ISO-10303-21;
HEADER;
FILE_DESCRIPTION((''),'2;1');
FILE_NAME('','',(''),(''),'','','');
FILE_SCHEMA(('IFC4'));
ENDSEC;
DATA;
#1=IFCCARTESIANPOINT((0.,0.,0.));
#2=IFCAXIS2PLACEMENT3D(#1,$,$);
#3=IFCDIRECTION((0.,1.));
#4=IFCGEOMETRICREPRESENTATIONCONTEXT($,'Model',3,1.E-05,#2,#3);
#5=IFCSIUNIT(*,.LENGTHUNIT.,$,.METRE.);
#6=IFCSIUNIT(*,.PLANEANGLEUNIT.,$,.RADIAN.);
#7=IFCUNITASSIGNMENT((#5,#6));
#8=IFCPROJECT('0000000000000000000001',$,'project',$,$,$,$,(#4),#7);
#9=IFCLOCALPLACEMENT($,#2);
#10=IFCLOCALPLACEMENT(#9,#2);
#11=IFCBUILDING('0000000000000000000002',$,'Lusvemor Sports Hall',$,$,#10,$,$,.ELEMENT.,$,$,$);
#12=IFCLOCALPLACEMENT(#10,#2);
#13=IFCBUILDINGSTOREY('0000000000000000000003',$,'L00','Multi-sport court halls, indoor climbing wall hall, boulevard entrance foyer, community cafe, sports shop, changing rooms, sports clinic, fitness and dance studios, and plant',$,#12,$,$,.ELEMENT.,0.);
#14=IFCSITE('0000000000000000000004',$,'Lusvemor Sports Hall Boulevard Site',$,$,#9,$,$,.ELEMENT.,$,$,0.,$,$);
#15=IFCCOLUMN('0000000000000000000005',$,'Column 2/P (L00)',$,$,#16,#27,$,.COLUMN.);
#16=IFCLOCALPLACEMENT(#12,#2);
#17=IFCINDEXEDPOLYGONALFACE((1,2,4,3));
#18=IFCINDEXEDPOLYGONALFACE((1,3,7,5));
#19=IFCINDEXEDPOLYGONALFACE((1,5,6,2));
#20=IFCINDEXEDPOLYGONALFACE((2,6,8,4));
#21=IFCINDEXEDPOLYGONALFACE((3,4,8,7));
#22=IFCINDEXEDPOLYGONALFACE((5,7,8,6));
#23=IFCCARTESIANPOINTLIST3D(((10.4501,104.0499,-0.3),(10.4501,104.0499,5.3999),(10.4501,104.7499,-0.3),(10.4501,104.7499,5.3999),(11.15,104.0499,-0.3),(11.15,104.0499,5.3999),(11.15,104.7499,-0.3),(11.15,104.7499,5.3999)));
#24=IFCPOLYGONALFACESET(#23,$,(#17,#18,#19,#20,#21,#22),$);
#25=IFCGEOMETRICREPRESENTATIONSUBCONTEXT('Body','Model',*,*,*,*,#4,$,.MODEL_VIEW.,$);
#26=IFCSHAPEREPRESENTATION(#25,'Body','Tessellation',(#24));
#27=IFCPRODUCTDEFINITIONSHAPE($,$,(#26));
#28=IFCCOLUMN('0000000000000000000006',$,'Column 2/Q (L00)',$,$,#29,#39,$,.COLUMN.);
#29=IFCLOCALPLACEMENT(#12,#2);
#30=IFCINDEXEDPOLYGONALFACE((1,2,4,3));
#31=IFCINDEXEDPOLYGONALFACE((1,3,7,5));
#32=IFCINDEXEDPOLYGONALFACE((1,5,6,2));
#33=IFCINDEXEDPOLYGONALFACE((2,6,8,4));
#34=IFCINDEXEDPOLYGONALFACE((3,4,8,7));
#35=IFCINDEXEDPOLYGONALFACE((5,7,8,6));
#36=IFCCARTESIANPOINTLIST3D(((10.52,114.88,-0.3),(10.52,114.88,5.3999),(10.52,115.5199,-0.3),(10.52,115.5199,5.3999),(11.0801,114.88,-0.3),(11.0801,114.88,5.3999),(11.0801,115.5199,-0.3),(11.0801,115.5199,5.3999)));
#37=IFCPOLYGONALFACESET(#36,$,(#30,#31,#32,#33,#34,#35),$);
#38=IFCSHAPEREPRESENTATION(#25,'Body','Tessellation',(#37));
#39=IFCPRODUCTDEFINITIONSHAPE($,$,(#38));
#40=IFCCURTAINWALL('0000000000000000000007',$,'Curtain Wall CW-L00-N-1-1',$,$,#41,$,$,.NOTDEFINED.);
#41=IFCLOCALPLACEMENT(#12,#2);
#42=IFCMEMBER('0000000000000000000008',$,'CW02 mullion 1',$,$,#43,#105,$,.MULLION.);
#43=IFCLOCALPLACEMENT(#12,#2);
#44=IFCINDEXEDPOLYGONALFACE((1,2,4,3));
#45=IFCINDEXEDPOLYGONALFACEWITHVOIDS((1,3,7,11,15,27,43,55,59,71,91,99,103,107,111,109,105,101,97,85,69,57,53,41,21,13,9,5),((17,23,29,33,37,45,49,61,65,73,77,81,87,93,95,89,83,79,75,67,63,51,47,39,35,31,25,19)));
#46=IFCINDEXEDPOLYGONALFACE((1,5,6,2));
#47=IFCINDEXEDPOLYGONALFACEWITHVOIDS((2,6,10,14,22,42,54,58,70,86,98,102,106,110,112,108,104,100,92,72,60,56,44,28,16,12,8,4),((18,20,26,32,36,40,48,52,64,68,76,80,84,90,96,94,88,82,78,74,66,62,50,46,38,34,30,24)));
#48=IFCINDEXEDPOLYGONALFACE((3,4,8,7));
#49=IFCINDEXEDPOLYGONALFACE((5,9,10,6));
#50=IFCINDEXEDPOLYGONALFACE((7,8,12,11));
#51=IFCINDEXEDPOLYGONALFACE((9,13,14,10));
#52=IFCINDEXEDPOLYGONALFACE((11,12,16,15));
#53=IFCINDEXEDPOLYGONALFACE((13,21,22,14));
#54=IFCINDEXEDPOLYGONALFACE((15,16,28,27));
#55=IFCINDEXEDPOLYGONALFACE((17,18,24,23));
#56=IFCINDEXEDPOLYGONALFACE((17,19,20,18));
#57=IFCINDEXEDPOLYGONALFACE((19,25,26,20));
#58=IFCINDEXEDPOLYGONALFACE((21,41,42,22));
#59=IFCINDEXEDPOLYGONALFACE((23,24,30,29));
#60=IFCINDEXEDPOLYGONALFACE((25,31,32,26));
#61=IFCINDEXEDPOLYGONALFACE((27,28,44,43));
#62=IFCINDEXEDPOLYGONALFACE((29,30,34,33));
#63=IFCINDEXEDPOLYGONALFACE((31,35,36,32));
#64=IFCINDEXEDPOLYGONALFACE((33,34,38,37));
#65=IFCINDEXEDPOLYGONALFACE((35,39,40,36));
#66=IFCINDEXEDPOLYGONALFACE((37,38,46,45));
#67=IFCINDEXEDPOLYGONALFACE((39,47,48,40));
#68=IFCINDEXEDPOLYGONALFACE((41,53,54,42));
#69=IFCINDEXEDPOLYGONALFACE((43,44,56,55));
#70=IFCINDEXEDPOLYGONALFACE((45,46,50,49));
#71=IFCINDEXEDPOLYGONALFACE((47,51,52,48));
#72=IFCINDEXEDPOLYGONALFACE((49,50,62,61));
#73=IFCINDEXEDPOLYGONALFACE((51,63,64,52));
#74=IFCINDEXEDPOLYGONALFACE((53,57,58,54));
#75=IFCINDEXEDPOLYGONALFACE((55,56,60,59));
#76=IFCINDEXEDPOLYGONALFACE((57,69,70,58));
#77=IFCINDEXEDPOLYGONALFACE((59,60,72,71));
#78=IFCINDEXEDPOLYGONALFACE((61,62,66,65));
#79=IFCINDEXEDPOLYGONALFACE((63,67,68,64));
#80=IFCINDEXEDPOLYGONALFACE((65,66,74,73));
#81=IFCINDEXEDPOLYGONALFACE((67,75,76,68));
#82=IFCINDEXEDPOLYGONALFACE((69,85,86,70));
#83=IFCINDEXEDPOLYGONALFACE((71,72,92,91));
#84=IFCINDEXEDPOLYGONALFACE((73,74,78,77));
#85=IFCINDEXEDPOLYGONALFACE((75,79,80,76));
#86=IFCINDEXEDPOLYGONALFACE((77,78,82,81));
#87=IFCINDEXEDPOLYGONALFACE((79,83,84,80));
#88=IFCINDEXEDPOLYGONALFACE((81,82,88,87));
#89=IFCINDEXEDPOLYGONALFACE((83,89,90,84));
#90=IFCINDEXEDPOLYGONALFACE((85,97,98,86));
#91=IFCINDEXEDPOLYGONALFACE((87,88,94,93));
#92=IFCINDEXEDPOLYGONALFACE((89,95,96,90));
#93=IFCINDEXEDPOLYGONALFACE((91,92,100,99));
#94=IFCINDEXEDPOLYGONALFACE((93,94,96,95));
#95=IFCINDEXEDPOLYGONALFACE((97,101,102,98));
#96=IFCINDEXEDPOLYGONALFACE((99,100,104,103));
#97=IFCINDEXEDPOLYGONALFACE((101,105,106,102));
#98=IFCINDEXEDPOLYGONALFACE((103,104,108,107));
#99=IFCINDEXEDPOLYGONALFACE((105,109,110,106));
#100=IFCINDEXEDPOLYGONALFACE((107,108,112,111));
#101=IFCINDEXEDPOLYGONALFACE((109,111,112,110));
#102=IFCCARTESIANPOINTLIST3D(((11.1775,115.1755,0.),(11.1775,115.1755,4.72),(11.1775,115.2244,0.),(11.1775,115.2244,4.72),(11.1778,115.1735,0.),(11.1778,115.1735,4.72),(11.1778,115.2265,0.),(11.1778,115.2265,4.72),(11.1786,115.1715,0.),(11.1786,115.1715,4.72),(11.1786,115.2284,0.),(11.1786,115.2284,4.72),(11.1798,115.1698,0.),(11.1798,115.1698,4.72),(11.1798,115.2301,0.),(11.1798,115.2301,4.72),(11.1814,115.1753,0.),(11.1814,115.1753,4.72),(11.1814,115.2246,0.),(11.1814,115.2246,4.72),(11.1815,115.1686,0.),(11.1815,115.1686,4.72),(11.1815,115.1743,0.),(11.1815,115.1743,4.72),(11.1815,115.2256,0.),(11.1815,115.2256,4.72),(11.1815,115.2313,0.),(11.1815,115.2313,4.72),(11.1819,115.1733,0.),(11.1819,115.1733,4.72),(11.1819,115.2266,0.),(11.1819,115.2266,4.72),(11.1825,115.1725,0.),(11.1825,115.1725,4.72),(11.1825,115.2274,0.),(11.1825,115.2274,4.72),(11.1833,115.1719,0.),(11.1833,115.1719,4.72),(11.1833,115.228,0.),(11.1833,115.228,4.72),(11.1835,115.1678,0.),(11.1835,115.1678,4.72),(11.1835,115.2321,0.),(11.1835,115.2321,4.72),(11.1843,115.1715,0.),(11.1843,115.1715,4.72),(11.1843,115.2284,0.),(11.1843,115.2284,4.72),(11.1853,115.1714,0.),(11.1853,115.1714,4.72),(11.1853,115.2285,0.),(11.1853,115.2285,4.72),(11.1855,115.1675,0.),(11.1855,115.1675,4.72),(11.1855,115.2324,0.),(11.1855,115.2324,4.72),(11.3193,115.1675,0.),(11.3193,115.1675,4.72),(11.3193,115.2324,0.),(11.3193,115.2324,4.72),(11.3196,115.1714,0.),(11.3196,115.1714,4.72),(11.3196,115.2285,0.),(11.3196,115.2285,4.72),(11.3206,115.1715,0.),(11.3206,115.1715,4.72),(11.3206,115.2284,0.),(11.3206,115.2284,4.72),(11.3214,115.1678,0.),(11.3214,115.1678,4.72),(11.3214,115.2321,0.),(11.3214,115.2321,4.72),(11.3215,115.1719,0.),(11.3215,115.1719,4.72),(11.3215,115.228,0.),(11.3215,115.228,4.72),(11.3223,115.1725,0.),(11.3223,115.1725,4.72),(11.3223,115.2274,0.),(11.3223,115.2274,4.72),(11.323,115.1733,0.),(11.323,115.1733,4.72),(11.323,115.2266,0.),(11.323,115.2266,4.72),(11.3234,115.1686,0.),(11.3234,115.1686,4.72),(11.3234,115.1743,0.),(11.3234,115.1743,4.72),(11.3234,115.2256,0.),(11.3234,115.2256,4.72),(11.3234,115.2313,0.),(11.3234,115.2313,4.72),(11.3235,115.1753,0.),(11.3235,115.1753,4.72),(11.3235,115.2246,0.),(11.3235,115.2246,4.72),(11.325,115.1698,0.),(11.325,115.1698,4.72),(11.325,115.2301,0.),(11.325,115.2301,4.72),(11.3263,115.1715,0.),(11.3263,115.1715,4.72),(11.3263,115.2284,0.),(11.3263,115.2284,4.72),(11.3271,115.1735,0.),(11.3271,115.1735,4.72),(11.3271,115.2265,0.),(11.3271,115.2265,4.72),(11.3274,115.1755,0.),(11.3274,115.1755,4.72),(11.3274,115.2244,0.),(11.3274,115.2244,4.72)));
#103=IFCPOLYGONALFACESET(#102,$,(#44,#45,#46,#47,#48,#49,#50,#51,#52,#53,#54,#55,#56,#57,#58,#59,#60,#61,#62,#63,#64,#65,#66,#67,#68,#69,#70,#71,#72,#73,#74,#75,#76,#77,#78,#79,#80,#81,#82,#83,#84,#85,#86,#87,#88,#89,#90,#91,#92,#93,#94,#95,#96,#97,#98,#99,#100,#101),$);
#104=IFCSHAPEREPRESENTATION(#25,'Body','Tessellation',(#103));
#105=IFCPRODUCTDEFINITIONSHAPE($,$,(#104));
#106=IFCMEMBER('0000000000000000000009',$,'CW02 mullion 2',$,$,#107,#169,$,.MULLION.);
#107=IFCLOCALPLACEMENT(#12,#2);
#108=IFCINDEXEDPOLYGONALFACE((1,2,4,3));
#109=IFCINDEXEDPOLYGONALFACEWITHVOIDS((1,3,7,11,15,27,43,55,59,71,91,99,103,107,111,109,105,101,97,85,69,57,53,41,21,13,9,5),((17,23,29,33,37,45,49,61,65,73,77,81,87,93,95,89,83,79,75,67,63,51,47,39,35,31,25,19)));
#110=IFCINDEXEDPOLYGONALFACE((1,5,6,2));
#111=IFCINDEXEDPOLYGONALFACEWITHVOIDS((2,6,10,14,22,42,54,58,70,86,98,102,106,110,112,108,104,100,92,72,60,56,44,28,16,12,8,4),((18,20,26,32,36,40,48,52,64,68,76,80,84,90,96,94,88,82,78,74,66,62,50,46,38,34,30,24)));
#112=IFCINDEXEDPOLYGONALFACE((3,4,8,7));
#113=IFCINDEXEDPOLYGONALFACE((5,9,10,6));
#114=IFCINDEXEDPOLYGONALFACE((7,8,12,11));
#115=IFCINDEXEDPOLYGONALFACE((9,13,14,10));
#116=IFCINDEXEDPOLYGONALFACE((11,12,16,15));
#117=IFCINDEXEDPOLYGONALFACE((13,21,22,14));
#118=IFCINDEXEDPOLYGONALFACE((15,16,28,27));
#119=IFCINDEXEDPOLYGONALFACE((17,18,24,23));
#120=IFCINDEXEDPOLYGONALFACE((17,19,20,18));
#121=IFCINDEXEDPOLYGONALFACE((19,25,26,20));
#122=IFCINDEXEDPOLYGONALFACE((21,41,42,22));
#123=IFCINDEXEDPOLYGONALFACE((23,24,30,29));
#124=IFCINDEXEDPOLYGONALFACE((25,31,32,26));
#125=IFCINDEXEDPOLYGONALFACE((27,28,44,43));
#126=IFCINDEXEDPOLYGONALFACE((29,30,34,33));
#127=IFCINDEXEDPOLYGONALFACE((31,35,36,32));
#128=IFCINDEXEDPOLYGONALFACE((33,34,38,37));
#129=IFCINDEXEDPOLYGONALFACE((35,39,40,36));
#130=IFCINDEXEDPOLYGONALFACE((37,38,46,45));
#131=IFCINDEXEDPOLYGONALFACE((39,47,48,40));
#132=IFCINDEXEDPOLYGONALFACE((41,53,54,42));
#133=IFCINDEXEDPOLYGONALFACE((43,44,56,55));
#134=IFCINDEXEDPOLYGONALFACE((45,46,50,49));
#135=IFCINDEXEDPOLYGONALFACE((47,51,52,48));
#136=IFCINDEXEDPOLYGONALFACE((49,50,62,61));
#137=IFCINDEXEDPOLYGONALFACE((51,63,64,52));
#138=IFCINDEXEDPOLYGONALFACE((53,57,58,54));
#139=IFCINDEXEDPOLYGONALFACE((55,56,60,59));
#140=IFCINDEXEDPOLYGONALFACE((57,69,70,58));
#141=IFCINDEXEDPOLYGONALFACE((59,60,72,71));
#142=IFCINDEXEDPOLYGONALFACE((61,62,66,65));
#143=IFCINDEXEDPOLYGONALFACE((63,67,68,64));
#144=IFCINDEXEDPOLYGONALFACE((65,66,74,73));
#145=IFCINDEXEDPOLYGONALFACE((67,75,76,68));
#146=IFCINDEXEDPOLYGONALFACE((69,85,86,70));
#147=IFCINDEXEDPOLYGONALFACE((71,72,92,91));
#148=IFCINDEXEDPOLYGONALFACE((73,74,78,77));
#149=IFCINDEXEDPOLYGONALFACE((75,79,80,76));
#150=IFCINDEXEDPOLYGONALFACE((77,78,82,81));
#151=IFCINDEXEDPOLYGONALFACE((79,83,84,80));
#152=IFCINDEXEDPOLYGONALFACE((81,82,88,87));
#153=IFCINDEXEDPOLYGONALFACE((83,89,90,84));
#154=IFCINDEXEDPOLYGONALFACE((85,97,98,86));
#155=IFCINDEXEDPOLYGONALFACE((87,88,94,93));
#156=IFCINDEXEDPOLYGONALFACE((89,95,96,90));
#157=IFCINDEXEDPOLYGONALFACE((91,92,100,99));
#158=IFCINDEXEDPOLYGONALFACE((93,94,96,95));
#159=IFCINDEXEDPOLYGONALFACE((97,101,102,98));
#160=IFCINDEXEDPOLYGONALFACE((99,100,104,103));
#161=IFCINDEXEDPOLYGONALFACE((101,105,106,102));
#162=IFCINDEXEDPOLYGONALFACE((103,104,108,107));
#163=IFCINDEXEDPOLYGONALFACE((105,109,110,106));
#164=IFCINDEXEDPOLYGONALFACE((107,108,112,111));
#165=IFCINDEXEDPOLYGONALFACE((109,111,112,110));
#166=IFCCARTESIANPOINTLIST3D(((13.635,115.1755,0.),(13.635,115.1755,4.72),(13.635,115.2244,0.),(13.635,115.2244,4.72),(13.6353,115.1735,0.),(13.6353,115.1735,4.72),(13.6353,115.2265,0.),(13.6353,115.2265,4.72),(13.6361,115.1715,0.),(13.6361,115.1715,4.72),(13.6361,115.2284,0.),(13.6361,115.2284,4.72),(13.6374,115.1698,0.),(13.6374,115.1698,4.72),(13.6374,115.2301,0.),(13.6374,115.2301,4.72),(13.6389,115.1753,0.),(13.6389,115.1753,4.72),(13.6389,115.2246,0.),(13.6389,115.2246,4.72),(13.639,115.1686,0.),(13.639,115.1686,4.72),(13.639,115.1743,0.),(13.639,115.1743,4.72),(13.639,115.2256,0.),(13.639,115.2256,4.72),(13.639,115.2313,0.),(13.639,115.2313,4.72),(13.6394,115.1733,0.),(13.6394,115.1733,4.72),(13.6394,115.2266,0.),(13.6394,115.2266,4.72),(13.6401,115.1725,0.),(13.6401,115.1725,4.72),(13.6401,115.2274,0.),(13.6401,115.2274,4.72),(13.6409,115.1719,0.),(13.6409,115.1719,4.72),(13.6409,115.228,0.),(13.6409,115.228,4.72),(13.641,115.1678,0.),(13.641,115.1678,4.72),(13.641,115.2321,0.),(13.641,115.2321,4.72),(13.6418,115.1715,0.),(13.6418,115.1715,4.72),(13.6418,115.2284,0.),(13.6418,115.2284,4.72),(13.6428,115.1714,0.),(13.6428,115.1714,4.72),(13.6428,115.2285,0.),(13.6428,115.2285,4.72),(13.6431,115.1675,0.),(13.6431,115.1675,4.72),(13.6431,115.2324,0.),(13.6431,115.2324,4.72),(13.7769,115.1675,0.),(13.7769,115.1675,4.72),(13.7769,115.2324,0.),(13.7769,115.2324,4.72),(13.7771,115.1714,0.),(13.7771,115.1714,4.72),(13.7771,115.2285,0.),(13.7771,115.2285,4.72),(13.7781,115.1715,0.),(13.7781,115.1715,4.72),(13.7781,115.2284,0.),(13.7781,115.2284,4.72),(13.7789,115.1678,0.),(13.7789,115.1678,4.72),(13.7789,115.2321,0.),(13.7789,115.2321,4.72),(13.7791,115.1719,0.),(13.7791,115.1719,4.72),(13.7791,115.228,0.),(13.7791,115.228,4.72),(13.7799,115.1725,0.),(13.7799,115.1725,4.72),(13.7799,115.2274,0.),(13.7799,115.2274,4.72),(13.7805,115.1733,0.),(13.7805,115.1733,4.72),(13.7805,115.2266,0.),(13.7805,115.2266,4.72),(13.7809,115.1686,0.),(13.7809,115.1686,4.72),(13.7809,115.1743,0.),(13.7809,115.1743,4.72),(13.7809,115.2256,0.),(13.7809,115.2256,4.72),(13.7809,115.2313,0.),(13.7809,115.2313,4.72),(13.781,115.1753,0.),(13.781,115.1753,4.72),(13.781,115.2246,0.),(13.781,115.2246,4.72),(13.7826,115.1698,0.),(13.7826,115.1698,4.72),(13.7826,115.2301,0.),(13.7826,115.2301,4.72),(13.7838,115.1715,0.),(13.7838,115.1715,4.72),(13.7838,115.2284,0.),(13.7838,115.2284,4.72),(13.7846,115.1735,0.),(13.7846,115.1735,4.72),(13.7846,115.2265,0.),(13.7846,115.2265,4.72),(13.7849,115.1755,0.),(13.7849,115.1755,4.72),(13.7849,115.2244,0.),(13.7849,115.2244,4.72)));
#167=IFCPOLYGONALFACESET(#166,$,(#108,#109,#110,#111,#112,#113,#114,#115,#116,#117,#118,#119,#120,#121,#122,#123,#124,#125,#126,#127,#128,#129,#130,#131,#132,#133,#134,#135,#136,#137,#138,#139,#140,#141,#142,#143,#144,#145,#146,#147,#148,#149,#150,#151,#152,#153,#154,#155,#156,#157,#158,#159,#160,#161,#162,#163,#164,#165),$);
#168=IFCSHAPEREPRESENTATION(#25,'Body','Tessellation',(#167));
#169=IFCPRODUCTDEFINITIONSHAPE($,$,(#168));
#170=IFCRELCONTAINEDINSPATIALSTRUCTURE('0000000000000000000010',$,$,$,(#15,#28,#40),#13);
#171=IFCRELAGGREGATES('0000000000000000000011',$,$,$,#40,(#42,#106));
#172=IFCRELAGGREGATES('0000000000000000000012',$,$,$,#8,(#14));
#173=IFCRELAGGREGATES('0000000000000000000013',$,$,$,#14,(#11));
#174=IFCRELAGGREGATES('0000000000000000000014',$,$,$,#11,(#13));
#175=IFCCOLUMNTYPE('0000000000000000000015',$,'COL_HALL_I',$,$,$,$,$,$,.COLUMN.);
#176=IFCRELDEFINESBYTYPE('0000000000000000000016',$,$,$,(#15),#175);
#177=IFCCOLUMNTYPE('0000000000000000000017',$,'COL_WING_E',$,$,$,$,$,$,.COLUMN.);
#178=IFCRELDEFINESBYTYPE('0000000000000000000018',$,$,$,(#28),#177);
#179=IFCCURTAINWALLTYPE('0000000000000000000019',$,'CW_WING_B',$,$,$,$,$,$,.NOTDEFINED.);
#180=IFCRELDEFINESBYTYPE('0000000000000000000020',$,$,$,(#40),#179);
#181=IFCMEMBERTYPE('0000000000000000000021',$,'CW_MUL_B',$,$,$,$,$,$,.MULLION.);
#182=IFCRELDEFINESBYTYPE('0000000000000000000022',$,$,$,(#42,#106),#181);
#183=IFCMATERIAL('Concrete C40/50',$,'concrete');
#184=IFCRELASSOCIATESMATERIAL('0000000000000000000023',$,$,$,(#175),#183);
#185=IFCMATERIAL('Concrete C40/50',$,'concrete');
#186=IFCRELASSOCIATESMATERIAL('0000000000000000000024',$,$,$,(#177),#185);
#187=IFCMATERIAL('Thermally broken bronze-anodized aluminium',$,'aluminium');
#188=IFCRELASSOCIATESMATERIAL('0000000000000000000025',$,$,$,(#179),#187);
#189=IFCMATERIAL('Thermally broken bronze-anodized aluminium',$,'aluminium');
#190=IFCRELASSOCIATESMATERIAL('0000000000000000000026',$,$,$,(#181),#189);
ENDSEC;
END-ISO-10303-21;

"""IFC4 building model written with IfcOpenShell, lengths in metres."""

from ifc_helpers import new_model, si_unit, direction, frame, origin, origin_2d, place, context, subcontext, project, spatial, rectangle, hollow_rectangle, extrude, material, material_profile, profile_set, type_object, element, aggregate, save


model = new_model("IFC4")

# Units and contexts
model_context = context("Model", 3, precision=1e-05, world=origin(), true_north=direction((0.0, 1.0)))
body_context = subcontext(model_context, "Body", "Model", "MODEL_VIEW")
ifc_project = project(units=[si_unit("LENGTHUNIT", "METRE"), si_unit("PLANEANGLEUNIT", "RADIAN")], contexts=[model_context])

# Site, building, storey
site_placement = place(None, origin())
site = spatial("IfcSite", under=ifc_project, at=site_placement, Name="Lusvemor Sports Hall Boulevard Site", CompositionType="ELEMENT", RefElevation=0.0)
building_placement = place(site_placement, origin())
building = spatial("IfcBuilding", under=site, at=building_placement, Name="Lusvemor Sports Hall", CompositionType="ELEMENT")
storey_placement = place(building_placement, origin())
storey = spatial("IfcBuildingStorey", under=building, at=storey_placement, Name="L00", Description="Multi-sport court halls, indoor climbing wall hall, boulevard entrance foyer, community cafe, sports shop, changing rooms, sports clinic, fitness and dance studios, and plant", CompositionType="ELEMENT", Elevation=0.0)

# Columns
ifc_material_1 = material(Name="Concrete C40/50", Category="concrete")
ifc_material_profile_1 = material_profile(ifc_material_1, rectangle(XDim=0.7, YDim=0.7, at=origin_2d()), Name="RC700x700")
ifc_profile_set_1 = profile_set([ifc_material_profile_1], Name="Concrete C40/50")
column_type_1 = type_object("IfcColumnType", Name="COL_HALL_I", PredefinedType="COLUMN", material=ifc_profile_set_1)
column_1_placement = place(storey_placement, frame((10.8, 104.3999, -0.3), z_axis=(0.0, 0.0, 1.0), x_axis=(1.0, 0.0, 0.0)))
element("IfcColumn", 1, at=column_1_placement, inside=storey, type_object=column_type_1, Name="Column 2/P (L00)", PredefinedType="COLUMN", context=body_context, shape_type="SweptSolid", body=[
    extrude(rectangle(XDim=0.7, YDim=0.7, at=origin_2d()), origin(), (0.0, 0.0, 1.0), 5.7),
])
ifc_material_2 = material(Name="Concrete C40/50", Category="concrete")
ifc_material_profile_2 = material_profile(ifc_material_2, rectangle(XDim=0.5601, YDim=0.6399, at=origin_2d()), Name="RC560x640")
ifc_profile_set_2 = profile_set([ifc_material_profile_2], Name="Concrete C40/50")
column_type_2 = type_object("IfcColumnType", Name="COL_WING_E", PredefinedType="COLUMN", material=ifc_profile_set_2)
column_2_placement = place(storey_placement, frame((10.8, 115.2, -0.3), z_axis=(0.0, 0.0, 1.0), x_axis=(1.0, 0.0, 0.0)))
element("IfcColumn", 2, at=column_2_placement, inside=storey, type_object=column_type_2, Name="Column 2/Q (L00)", PredefinedType="COLUMN", context=body_context, shape_type="SweptSolid", body=[
    extrude(rectangle(XDim=0.5601, YDim=0.6399, at=origin_2d()), origin(), (0.0, 0.0, 1.0), 5.7),
])

# Curtain wall, members
ifc_material_3 = material(Name="Thermally broken bronze-anodized aluminium", Category="aluminium")
curtain_wall_type = type_object("IfcCurtainWallType", Name="CW_WING_B", PredefinedType="NOTDEFINED", material=ifc_material_3)
curtain_wall_placement = place(storey_placement, origin())
curtain_wall = element("IfcCurtainWall", 3, at=curtain_wall_placement, inside=storey, type_object=curtain_wall_type, Name="Curtain Wall CW-L00-N-1-1", PredefinedType="NOTDEFINED")
ifc_material_4 = material(Name="Thermally broken bronze-anodized aluminium", Category="aluminium")
ifc_material_profile_3 = material_profile(ifc_material_4, hollow_rectangle(XDim=0.0649, YDim=0.1499, WallThickness=0.0039, InnerFilletRadius=0.0039, OuterFilletRadius=0.0081, at=origin_2d()), Name="CWMUL150x65x4")
ifc_profile_set_3 = profile_set([ifc_material_profile_3], Name="Thermally broken bronze-anodized aluminium")
member_type_1 = type_object("IfcMemberType", Name="CW_MUL_B", PredefinedType="MULLION", material=ifc_profile_set_3)
member_1_placement = place(storey_placement, frame((11.2524, 115.2, 0.0), z_axis=(0.0, 0.0, 1.0), x_axis=(0.0, 1.0, 0.0)))
member_1 = element("IfcMember", 4, at=member_1_placement, type_object=member_type_1, Name="CW02 mullion 1", PredefinedType="MULLION", context=body_context, shape_type="SweptSolid", body=[
    extrude(hollow_rectangle(XDim=0.0649, YDim=0.1499, WallThickness=0.0039, InnerFilletRadius=0.0039, OuterFilletRadius=0.0081, at=origin_2d()), origin(), (0.0, 0.0, 1.0), 4.72),
])
member_2_placement = place(storey_placement, frame((13.71, 115.2, 0.0), z_axis=(0.0, 0.0, 1.0), x_axis=(0.0, 1.0, 0.0)))
member_2 = element("IfcMember", 5, at=member_2_placement, type_object=member_type_1, Name="CW02 mullion 2", PredefinedType="MULLION", context=body_context, shape_type="SweptSolid", body=[
    extrude(hollow_rectangle(XDim=0.0649, YDim=0.1499, WallThickness=0.0039, InnerFilletRadius=0.0039, OuterFilletRadius=0.0081, at=origin_2d()), origin(), (0.0, 0.0, 1.0), 4.72),
])
aggregate(curtain_wall, [member_1, member_2])

save(model, "model.ifc")
